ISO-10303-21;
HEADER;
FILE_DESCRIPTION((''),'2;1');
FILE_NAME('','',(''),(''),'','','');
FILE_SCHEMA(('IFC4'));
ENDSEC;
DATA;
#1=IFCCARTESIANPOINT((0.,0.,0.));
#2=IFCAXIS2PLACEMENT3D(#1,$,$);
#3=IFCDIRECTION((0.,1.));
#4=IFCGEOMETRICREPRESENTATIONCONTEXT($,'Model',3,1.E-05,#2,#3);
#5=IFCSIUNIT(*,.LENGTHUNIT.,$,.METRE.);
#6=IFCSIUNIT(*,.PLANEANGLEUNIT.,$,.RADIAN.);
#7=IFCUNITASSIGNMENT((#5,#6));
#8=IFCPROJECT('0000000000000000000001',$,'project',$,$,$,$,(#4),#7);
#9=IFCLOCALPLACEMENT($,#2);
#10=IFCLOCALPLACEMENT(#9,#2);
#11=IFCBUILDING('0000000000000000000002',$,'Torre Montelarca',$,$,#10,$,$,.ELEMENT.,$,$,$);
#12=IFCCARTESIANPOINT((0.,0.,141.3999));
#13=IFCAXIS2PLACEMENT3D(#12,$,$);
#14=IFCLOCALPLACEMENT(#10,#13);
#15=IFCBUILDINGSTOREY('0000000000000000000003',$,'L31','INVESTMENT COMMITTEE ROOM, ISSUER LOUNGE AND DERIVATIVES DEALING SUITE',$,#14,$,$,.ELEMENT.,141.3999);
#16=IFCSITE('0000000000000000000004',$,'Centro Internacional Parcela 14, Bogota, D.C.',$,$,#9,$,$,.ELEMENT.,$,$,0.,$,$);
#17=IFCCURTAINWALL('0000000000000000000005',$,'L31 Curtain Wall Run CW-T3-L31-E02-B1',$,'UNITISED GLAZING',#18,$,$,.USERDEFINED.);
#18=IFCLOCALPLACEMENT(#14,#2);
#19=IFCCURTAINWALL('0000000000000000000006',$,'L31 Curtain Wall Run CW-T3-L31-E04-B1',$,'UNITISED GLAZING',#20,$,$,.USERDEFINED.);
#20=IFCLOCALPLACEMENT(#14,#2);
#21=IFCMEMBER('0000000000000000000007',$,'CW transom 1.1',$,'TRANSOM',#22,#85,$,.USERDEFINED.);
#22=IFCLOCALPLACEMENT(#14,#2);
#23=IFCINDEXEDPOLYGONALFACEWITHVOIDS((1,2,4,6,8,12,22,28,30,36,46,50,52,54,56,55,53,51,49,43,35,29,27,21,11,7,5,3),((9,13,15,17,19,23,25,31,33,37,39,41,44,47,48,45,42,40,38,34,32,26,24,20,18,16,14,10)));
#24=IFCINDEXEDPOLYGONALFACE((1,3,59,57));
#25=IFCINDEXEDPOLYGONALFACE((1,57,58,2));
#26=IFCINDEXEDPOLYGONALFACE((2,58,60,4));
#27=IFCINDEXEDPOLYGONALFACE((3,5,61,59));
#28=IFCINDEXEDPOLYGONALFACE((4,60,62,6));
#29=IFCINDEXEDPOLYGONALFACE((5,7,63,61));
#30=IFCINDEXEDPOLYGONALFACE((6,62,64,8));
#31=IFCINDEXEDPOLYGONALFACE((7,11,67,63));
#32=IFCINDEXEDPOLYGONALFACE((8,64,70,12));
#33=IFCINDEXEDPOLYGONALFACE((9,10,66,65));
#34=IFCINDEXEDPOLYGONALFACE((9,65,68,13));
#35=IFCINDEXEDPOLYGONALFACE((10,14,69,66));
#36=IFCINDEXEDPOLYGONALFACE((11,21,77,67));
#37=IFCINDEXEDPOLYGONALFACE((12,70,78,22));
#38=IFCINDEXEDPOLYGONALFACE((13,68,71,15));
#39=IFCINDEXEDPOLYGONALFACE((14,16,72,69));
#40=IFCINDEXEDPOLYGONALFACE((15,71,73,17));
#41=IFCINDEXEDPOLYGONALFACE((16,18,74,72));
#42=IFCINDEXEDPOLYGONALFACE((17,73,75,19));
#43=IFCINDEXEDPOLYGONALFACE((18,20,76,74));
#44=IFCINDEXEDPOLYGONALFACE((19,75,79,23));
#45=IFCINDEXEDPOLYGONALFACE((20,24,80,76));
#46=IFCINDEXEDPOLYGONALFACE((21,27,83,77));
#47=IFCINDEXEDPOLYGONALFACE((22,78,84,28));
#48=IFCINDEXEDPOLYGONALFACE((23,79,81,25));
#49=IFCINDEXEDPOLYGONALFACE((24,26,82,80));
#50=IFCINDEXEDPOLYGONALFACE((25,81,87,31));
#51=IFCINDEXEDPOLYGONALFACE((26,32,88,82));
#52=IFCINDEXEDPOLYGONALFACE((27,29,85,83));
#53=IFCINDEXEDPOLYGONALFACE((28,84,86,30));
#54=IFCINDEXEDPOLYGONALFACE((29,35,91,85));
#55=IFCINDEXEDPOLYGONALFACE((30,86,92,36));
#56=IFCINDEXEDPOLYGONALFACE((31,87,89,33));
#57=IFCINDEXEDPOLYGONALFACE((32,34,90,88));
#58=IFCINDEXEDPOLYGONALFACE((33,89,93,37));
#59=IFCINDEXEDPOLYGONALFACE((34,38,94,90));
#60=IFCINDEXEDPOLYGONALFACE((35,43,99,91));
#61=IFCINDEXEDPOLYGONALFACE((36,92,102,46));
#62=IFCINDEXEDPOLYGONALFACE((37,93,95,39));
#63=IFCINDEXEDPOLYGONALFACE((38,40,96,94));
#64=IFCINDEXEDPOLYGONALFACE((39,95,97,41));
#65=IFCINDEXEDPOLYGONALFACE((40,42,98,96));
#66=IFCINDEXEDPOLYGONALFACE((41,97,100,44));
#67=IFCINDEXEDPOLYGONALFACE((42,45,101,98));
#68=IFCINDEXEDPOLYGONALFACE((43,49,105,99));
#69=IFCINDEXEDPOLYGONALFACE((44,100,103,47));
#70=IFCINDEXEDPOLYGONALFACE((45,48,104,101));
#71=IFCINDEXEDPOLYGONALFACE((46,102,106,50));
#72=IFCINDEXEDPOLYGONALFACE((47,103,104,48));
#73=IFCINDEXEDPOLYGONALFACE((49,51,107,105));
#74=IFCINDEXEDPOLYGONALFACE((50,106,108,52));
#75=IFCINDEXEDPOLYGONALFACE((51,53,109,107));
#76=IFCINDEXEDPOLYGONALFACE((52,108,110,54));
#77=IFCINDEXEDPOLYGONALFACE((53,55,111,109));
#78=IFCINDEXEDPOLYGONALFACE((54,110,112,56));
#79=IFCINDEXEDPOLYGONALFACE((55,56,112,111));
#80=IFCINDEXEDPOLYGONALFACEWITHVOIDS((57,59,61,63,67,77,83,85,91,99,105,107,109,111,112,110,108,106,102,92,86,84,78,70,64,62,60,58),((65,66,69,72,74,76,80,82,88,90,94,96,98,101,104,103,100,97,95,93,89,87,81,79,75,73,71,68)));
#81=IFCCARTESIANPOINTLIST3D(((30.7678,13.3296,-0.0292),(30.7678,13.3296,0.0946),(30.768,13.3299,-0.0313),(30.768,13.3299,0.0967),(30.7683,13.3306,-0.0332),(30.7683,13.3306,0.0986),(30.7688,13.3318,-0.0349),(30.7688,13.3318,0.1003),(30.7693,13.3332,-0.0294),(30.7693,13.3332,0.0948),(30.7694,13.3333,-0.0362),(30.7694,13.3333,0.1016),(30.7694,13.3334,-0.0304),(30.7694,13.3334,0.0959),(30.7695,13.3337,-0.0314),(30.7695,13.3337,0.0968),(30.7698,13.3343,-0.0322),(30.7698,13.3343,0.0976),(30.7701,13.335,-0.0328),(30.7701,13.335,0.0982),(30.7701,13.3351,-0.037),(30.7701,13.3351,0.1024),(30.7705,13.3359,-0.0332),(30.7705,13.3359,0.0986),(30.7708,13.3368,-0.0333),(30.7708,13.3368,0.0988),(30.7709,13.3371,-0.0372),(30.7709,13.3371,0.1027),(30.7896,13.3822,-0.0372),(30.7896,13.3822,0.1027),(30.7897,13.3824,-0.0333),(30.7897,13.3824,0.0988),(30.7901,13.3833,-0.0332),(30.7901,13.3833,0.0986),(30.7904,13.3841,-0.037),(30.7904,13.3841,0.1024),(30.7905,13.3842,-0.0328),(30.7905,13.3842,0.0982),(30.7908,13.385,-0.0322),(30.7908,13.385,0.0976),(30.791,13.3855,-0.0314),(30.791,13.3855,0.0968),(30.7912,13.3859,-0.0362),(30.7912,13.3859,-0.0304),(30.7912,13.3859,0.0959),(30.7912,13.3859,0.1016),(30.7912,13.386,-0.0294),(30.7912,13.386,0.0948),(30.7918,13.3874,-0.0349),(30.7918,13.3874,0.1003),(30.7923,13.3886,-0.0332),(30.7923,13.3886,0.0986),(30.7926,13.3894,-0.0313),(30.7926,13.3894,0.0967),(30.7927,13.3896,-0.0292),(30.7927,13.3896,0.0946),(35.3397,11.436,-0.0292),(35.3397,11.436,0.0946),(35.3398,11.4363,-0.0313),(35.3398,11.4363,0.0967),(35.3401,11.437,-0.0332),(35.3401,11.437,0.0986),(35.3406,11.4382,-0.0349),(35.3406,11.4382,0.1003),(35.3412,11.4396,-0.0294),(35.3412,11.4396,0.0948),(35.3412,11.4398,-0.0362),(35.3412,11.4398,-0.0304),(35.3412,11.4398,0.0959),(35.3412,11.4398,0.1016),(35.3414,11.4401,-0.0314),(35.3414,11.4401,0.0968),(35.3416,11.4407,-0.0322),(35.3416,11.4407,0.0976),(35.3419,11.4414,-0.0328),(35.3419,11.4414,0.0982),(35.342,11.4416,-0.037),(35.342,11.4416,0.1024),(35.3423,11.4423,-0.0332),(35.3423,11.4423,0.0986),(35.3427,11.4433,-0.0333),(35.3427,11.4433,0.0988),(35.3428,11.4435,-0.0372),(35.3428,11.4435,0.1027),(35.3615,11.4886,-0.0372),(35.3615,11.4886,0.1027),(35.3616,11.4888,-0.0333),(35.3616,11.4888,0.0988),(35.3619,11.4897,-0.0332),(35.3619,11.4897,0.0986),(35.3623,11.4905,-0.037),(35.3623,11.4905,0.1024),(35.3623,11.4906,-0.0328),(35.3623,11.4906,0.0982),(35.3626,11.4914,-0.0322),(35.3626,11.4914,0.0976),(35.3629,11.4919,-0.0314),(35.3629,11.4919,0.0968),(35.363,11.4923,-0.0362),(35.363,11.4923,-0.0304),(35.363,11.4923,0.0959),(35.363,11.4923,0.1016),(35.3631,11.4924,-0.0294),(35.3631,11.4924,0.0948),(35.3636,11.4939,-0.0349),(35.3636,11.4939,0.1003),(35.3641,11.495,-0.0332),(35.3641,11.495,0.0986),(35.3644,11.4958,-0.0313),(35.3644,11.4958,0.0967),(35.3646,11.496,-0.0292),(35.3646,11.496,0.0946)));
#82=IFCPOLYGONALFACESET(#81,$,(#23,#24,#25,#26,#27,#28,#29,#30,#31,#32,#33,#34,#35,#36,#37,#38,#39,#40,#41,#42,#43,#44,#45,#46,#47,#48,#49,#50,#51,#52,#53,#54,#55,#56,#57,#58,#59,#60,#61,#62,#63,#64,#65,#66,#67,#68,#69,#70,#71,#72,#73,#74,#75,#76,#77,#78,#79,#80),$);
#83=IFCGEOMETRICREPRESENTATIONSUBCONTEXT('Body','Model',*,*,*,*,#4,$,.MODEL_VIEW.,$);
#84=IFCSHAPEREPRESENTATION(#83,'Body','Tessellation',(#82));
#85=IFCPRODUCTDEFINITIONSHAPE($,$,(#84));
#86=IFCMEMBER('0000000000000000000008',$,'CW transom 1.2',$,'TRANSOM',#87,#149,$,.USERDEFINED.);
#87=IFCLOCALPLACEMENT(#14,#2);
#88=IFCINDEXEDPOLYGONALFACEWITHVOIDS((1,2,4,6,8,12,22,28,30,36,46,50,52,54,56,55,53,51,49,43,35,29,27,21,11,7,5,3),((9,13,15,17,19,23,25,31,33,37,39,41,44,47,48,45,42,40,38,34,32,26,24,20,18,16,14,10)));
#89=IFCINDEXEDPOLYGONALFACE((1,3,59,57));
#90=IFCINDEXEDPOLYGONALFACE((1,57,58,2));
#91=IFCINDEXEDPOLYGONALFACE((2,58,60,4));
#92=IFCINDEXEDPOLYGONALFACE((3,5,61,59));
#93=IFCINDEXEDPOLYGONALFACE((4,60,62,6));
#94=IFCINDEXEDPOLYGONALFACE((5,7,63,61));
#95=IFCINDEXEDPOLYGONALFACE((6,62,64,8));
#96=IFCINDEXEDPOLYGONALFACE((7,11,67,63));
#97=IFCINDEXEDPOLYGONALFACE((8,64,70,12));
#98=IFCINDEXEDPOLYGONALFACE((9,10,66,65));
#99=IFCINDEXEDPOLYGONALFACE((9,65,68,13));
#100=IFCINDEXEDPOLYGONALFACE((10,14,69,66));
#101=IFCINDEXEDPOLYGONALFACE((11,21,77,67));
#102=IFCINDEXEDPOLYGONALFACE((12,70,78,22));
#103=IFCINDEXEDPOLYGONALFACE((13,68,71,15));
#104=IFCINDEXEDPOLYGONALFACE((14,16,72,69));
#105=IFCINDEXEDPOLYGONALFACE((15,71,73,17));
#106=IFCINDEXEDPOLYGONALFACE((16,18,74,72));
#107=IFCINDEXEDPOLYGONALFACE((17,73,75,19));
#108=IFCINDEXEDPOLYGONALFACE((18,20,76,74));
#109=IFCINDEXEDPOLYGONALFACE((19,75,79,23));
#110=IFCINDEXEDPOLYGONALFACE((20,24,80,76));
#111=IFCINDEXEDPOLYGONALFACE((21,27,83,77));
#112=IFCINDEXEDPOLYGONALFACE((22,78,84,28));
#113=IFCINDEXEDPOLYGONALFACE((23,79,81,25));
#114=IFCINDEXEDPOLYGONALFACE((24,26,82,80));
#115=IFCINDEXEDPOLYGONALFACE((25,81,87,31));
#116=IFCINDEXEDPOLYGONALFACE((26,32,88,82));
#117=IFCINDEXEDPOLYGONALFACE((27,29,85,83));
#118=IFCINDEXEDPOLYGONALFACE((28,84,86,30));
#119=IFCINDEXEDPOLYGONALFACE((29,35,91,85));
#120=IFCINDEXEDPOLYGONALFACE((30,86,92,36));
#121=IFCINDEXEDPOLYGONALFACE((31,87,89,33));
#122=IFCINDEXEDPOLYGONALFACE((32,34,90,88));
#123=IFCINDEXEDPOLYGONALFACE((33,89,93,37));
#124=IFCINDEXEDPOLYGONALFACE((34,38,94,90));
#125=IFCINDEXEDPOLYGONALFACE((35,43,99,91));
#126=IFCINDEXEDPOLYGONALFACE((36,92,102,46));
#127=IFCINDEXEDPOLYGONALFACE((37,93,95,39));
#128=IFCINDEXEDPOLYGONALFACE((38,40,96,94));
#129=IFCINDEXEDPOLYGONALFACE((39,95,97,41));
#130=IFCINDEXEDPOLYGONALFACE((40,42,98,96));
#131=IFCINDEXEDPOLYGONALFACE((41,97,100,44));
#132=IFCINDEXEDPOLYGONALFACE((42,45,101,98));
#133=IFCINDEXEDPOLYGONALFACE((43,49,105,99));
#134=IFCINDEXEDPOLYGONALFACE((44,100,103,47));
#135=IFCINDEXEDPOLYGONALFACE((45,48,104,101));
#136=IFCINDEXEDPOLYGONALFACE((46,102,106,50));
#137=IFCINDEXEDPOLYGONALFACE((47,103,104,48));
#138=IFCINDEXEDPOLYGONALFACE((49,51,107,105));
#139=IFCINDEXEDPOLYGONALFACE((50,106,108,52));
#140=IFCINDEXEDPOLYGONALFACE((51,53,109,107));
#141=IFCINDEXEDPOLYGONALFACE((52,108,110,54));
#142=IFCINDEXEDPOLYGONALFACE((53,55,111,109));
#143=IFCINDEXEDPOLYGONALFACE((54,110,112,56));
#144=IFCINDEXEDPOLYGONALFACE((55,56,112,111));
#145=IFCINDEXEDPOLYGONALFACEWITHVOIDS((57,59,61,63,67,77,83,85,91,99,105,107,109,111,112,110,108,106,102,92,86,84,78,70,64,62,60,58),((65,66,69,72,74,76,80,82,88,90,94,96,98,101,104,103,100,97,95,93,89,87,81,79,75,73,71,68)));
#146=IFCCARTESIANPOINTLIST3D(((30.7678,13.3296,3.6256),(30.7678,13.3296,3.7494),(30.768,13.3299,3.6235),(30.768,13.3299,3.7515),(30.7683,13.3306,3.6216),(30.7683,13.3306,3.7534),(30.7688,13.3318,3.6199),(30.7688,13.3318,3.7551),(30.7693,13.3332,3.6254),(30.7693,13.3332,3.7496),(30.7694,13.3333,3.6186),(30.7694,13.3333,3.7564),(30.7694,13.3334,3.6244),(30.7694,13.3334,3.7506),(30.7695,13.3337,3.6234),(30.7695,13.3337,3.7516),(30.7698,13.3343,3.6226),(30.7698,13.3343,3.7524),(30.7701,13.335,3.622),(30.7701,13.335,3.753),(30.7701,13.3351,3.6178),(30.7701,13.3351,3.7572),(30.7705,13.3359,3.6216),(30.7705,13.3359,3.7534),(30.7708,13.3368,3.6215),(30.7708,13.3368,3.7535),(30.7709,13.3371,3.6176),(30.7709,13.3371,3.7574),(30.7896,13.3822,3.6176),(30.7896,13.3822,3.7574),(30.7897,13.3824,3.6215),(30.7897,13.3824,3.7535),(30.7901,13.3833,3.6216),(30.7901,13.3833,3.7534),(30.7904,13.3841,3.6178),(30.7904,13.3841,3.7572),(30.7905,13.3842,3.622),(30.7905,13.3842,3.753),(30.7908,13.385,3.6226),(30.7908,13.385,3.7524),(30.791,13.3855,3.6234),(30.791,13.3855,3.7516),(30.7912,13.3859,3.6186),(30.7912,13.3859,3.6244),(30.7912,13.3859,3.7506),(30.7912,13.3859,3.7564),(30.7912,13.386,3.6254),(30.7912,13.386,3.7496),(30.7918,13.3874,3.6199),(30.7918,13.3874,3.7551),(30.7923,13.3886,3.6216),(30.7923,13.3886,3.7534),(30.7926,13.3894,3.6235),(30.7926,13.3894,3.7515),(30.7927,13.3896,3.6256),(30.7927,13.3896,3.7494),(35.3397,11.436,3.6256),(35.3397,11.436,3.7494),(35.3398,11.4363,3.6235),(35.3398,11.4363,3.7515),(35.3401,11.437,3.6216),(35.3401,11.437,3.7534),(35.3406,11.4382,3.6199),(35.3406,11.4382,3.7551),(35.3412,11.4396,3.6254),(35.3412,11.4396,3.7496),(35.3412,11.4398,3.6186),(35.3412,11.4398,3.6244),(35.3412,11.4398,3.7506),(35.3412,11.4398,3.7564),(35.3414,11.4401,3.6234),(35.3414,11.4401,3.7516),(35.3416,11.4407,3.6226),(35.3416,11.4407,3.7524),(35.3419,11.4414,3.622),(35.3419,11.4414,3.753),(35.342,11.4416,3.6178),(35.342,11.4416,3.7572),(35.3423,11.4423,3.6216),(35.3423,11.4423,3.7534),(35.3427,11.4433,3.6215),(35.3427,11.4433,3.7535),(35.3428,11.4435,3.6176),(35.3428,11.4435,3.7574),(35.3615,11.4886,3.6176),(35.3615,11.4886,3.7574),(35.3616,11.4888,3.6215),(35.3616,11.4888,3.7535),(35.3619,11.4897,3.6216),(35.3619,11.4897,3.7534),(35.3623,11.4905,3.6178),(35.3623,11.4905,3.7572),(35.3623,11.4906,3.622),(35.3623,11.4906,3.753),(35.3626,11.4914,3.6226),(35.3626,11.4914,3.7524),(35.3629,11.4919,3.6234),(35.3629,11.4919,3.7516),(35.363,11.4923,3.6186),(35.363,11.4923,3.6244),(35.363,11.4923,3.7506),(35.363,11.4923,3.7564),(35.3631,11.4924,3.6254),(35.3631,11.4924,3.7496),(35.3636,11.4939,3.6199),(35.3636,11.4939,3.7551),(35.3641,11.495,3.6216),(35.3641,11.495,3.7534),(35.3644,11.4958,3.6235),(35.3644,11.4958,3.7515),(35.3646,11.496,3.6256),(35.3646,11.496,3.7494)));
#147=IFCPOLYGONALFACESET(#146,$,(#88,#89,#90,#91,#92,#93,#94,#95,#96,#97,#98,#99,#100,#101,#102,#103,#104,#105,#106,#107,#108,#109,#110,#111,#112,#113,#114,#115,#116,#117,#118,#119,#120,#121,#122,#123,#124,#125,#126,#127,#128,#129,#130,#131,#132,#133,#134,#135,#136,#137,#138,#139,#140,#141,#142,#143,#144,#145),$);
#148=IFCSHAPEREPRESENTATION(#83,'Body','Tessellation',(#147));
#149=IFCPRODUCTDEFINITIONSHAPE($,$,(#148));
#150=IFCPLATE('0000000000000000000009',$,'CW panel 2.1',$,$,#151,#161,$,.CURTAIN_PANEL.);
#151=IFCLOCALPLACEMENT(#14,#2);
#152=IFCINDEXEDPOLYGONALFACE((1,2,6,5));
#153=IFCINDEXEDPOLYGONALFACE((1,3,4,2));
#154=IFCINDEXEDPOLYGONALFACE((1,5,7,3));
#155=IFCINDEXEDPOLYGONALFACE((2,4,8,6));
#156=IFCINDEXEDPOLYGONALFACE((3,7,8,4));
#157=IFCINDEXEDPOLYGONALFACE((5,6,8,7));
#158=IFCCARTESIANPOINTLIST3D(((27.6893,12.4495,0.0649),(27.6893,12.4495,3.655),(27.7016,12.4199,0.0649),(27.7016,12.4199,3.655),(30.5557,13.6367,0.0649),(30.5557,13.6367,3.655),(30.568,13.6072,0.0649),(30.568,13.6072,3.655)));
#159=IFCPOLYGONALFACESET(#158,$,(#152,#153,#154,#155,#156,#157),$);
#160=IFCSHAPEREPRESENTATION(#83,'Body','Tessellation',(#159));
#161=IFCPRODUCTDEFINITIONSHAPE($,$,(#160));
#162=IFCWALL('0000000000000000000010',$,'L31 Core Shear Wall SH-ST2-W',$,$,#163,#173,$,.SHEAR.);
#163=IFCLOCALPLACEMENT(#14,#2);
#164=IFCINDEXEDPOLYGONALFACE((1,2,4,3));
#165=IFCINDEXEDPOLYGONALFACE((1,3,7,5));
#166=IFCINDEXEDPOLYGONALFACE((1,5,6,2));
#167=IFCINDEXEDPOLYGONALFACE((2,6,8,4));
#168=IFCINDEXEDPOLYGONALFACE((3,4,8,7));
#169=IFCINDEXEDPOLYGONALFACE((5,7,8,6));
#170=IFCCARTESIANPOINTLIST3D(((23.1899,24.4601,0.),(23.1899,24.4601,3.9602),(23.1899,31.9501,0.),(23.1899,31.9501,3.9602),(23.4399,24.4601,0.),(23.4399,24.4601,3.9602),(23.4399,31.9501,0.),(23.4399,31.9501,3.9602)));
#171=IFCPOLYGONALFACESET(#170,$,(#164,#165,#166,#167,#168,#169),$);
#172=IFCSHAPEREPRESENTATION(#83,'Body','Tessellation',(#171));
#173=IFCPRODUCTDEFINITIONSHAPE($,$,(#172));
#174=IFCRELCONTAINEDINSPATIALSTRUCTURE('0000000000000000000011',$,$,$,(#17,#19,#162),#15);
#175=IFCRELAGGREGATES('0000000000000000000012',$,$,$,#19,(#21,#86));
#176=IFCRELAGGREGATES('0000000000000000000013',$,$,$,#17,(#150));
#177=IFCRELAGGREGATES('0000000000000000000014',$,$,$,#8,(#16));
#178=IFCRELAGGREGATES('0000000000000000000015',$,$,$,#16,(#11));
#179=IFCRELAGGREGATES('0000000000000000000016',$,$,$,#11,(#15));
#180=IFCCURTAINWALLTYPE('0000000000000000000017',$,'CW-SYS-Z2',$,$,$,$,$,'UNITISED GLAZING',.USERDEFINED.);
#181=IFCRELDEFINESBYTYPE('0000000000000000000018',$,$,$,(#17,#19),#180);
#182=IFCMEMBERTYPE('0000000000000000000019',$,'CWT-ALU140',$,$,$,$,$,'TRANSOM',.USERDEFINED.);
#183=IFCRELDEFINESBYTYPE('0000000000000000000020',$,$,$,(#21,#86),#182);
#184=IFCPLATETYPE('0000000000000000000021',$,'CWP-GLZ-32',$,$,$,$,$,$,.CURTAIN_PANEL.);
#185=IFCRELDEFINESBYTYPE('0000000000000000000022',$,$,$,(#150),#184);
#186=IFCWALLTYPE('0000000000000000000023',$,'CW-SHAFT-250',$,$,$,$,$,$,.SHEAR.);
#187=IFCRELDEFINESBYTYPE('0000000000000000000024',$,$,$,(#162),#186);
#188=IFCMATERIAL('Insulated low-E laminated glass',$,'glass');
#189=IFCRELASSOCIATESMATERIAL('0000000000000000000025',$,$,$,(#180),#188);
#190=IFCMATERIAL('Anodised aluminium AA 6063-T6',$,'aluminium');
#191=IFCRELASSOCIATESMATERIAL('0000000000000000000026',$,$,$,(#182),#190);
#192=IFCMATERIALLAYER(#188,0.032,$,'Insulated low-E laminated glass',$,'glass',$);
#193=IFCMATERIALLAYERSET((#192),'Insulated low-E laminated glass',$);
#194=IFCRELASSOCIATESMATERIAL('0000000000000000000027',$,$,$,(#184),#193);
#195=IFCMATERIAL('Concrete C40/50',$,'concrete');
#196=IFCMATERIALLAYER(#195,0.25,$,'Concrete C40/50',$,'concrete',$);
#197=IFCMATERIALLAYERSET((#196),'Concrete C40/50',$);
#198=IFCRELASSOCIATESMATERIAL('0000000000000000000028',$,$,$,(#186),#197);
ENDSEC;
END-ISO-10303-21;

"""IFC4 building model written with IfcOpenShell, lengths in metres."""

from ifc_helpers import new_model, si_unit, direction, frame, frame_2d, origin, origin_2d, place, context, subcontext, project, spatial, rectangle, hollow_rectangle, extrude, source, transform, mapped, material, layer, layer_set, material_profile, profile_set, type_object, element, aggregate, save


model = new_model("IFC4")

# Units and contexts
model_context = context("Model", 3, precision=1e-05, world=origin(), true_north=direction((0.0, 1.0)))
body_context = subcontext(model_context, "Body", "Model", "MODEL_VIEW")
ifc_project = project(units=[si_unit("LENGTHUNIT", "METRE"), si_unit("PLANEANGLEUNIT", "RADIAN")], contexts=[model_context])

# Site, building, storey
site_placement = place(None, origin())
site = spatial("IfcSite", under=ifc_project, at=site_placement, Name="Centro Internacional Parcela 14, Bogota, D.C.", CompositionType="ELEMENT", RefElevation=0.0)
building_placement = place(site_placement, origin())
building = spatial("IfcBuilding", under=site, at=building_placement, Name="Torre Montelarca", CompositionType="ELEMENT")
storey_placement = place(building_placement, frame((0.0, 0.0, 141.3999)))
storey = spatial("IfcBuildingStorey", under=building, at=storey_placement, Name="L31", Description="INVESTMENT COMMITTEE ROOM, ISSUER LOUNGE AND DERIVATIVES DEALING SUITE", CompositionType="ELEMENT", Elevation=141.3999)

# Curtain walls, members
ifc_material_1 = material(Name="Insulated low-E laminated glass", Category="glass")
curtain_wall_type = type_object("IfcCurtainWallType", Name="CW-SYS-Z2", ElementType="UNITISED GLAZING", PredefinedType="USERDEFINED", material=ifc_material_1)
curtain_wall_1_placement = place(storey_placement, origin())
curtain_wall_1 = element("IfcCurtainWall", 1, at=curtain_wall_1_placement, inside=storey, type_object=curtain_wall_type, Name="L31 Curtain Wall Run CW-T3-L31-E02-B1", ObjectType="UNITISED GLAZING", PredefinedType="USERDEFINED")
ifc_material_2 = material(Name="Anodised aluminium AA 6063-T6", Category="aluminium")
ifc_material_profile_1 = material_profile(ifc_material_2, hollow_rectangle(XDim=0.0649, YDim=0.1399, WallThickness=0.0039, InnerFilletRadius=0.0039, OuterFilletRadius=0.0081, at=origin_2d()), Name="ALU65X140X4", Category="aluminium")
ifc_profile_set_1 = profile_set([ifc_material_profile_1], Name="Anodised aluminium AA 6063-T6")
member_type_1 = type_object("IfcMemberType", Name="CWT-ALU140", ElementType="TRANSOM", PredefinedType="USERDEFINED", material=ifc_profile_set_1)
curtain_wall_2_placement = place(storey_placement, origin())
curtain_wall_2 = element("IfcCurtainWall", 2, at=curtain_wall_2_placement, inside=storey, type_object=curtain_wall_type, Name="L31 Curtain Wall Run CW-T3-L31-E04-B1", ObjectType="UNITISED GLAZING", PredefinedType="USERDEFINED")
shared_shape_1 = source(origin(), body_context, "Body", "SweptSolid", [
    extrude(hollow_rectangle(XDim=0.0649, YDim=0.1399, WallThickness=0.0039, InnerFilletRadius=0.0039, OuterFilletRadius=0.0081, at=origin_2d()), origin(), (0.0, 0.0, 1.0), 4.9485),
])
member_1_placement = place(storey_placement, frame((30.7803, 13.3596, 0.0327), z_axis=(0.923889, -0.38266, 0.0), x_axis=(0.38266, 0.923889, 0.0)))
member_1 = element("IfcMember", 3, at=member_1_placement, type_object=member_type_1, Name="CW transom 1.1", ObjectType="TRANSOM", PredefinedType="USERDEFINED", context=body_context, shape_type="MappedRepresentation", body=[
    mapped(shared_shape_1, transform((0.0, 0.0, 0.0), scale=1.0)),
])
member_2_placement = place(storey_placement, frame((30.7803, 13.3596, 3.6875), z_axis=(0.923889, -0.38266, 0.0), x_axis=(0.38266, 0.923889, 0.0)))
member_2 = element("IfcMember", 4, at=member_2_placement, type_object=member_type_1, Name="CW transom 1.2", ObjectType="TRANSOM", PredefinedType="USERDEFINED", context=body_context, shape_type="MappedRepresentation", body=[
    mapped(shared_shape_1, transform((0.0, 0.0, 0.0), scale=1.0)),
])
aggregate(curtain_wall_2, [member_1, member_2])

# Plate
ifc_layer_1 = layer(ifc_material_1, 0.032, Name="Insulated low-E laminated glass", Category="glass")
ifc_layer_set_1 = layer_set([ifc_layer_1], Name="Insulated low-E laminated glass")
plate_type = type_object("IfcPlateType", Name="CWP-GLZ-32", PredefinedType="CURTAIN_PANEL", material=ifc_layer_set_1)
shared_shape_2 = source(origin(), body_context, "Body", "SweptSolid", [
    extrude(rectangle(XDim=3.1025, YDim=0.032, at=origin_2d()), origin(), (0.0, 0.0, 1.0), 3.5901),
])
plate_placement = place(storey_placement, frame((29.1287, 13.0283, 0.0649), z_axis=(0.0, 0.0, 1.0), x_axis=(0.923885, 0.38267, 0.0)))
plate = element("IfcPlate", 5, at=plate_placement, type_object=plate_type, Name="CW panel 2.1", PredefinedType="CURTAIN_PANEL", context=body_context, shape_type="MappedRepresentation", body=[
    mapped(shared_shape_2, transform((0.0, 0.0, 0.0), scale=1.0)),
])
aggregate(curtain_wall_1, [plate])

# Wall
ifc_material_3 = material(Name="Concrete C40/50", Category="concrete")
ifc_layer_2 = layer(ifc_material_3, 0.25, Name="Concrete C40/50", Category="concrete")
ifc_layer_set_2 = layer_set([ifc_layer_2], Name="Concrete C40/50")
wall_type_1 = type_object("IfcWallType", Name="CW-SHAFT-250", PredefinedType="SHEAR", material=ifc_layer_set_2)
wall_1_placement = place(storey_placement, frame((23.3149, 24.46, 0.0), z_axis=(0.0, 0.0, 1.0), x_axis=(0.0, 1.0, 0.0)))
element("IfcWall", 6, at=wall_1_placement, inside=storey, type_object=wall_type_1, Name="L31 Core Shear Wall SH-ST2-W", PredefinedType="SHEAR", context=body_context, shape_type="SweptSolid", body=[
    extrude(rectangle(XDim=7.49, YDim=0.25, at=frame_2d((3.7451, 0.0))), origin(), (0.0, 0.0, 1.0), 3.9602),
])

save(model, "model.ifc")
